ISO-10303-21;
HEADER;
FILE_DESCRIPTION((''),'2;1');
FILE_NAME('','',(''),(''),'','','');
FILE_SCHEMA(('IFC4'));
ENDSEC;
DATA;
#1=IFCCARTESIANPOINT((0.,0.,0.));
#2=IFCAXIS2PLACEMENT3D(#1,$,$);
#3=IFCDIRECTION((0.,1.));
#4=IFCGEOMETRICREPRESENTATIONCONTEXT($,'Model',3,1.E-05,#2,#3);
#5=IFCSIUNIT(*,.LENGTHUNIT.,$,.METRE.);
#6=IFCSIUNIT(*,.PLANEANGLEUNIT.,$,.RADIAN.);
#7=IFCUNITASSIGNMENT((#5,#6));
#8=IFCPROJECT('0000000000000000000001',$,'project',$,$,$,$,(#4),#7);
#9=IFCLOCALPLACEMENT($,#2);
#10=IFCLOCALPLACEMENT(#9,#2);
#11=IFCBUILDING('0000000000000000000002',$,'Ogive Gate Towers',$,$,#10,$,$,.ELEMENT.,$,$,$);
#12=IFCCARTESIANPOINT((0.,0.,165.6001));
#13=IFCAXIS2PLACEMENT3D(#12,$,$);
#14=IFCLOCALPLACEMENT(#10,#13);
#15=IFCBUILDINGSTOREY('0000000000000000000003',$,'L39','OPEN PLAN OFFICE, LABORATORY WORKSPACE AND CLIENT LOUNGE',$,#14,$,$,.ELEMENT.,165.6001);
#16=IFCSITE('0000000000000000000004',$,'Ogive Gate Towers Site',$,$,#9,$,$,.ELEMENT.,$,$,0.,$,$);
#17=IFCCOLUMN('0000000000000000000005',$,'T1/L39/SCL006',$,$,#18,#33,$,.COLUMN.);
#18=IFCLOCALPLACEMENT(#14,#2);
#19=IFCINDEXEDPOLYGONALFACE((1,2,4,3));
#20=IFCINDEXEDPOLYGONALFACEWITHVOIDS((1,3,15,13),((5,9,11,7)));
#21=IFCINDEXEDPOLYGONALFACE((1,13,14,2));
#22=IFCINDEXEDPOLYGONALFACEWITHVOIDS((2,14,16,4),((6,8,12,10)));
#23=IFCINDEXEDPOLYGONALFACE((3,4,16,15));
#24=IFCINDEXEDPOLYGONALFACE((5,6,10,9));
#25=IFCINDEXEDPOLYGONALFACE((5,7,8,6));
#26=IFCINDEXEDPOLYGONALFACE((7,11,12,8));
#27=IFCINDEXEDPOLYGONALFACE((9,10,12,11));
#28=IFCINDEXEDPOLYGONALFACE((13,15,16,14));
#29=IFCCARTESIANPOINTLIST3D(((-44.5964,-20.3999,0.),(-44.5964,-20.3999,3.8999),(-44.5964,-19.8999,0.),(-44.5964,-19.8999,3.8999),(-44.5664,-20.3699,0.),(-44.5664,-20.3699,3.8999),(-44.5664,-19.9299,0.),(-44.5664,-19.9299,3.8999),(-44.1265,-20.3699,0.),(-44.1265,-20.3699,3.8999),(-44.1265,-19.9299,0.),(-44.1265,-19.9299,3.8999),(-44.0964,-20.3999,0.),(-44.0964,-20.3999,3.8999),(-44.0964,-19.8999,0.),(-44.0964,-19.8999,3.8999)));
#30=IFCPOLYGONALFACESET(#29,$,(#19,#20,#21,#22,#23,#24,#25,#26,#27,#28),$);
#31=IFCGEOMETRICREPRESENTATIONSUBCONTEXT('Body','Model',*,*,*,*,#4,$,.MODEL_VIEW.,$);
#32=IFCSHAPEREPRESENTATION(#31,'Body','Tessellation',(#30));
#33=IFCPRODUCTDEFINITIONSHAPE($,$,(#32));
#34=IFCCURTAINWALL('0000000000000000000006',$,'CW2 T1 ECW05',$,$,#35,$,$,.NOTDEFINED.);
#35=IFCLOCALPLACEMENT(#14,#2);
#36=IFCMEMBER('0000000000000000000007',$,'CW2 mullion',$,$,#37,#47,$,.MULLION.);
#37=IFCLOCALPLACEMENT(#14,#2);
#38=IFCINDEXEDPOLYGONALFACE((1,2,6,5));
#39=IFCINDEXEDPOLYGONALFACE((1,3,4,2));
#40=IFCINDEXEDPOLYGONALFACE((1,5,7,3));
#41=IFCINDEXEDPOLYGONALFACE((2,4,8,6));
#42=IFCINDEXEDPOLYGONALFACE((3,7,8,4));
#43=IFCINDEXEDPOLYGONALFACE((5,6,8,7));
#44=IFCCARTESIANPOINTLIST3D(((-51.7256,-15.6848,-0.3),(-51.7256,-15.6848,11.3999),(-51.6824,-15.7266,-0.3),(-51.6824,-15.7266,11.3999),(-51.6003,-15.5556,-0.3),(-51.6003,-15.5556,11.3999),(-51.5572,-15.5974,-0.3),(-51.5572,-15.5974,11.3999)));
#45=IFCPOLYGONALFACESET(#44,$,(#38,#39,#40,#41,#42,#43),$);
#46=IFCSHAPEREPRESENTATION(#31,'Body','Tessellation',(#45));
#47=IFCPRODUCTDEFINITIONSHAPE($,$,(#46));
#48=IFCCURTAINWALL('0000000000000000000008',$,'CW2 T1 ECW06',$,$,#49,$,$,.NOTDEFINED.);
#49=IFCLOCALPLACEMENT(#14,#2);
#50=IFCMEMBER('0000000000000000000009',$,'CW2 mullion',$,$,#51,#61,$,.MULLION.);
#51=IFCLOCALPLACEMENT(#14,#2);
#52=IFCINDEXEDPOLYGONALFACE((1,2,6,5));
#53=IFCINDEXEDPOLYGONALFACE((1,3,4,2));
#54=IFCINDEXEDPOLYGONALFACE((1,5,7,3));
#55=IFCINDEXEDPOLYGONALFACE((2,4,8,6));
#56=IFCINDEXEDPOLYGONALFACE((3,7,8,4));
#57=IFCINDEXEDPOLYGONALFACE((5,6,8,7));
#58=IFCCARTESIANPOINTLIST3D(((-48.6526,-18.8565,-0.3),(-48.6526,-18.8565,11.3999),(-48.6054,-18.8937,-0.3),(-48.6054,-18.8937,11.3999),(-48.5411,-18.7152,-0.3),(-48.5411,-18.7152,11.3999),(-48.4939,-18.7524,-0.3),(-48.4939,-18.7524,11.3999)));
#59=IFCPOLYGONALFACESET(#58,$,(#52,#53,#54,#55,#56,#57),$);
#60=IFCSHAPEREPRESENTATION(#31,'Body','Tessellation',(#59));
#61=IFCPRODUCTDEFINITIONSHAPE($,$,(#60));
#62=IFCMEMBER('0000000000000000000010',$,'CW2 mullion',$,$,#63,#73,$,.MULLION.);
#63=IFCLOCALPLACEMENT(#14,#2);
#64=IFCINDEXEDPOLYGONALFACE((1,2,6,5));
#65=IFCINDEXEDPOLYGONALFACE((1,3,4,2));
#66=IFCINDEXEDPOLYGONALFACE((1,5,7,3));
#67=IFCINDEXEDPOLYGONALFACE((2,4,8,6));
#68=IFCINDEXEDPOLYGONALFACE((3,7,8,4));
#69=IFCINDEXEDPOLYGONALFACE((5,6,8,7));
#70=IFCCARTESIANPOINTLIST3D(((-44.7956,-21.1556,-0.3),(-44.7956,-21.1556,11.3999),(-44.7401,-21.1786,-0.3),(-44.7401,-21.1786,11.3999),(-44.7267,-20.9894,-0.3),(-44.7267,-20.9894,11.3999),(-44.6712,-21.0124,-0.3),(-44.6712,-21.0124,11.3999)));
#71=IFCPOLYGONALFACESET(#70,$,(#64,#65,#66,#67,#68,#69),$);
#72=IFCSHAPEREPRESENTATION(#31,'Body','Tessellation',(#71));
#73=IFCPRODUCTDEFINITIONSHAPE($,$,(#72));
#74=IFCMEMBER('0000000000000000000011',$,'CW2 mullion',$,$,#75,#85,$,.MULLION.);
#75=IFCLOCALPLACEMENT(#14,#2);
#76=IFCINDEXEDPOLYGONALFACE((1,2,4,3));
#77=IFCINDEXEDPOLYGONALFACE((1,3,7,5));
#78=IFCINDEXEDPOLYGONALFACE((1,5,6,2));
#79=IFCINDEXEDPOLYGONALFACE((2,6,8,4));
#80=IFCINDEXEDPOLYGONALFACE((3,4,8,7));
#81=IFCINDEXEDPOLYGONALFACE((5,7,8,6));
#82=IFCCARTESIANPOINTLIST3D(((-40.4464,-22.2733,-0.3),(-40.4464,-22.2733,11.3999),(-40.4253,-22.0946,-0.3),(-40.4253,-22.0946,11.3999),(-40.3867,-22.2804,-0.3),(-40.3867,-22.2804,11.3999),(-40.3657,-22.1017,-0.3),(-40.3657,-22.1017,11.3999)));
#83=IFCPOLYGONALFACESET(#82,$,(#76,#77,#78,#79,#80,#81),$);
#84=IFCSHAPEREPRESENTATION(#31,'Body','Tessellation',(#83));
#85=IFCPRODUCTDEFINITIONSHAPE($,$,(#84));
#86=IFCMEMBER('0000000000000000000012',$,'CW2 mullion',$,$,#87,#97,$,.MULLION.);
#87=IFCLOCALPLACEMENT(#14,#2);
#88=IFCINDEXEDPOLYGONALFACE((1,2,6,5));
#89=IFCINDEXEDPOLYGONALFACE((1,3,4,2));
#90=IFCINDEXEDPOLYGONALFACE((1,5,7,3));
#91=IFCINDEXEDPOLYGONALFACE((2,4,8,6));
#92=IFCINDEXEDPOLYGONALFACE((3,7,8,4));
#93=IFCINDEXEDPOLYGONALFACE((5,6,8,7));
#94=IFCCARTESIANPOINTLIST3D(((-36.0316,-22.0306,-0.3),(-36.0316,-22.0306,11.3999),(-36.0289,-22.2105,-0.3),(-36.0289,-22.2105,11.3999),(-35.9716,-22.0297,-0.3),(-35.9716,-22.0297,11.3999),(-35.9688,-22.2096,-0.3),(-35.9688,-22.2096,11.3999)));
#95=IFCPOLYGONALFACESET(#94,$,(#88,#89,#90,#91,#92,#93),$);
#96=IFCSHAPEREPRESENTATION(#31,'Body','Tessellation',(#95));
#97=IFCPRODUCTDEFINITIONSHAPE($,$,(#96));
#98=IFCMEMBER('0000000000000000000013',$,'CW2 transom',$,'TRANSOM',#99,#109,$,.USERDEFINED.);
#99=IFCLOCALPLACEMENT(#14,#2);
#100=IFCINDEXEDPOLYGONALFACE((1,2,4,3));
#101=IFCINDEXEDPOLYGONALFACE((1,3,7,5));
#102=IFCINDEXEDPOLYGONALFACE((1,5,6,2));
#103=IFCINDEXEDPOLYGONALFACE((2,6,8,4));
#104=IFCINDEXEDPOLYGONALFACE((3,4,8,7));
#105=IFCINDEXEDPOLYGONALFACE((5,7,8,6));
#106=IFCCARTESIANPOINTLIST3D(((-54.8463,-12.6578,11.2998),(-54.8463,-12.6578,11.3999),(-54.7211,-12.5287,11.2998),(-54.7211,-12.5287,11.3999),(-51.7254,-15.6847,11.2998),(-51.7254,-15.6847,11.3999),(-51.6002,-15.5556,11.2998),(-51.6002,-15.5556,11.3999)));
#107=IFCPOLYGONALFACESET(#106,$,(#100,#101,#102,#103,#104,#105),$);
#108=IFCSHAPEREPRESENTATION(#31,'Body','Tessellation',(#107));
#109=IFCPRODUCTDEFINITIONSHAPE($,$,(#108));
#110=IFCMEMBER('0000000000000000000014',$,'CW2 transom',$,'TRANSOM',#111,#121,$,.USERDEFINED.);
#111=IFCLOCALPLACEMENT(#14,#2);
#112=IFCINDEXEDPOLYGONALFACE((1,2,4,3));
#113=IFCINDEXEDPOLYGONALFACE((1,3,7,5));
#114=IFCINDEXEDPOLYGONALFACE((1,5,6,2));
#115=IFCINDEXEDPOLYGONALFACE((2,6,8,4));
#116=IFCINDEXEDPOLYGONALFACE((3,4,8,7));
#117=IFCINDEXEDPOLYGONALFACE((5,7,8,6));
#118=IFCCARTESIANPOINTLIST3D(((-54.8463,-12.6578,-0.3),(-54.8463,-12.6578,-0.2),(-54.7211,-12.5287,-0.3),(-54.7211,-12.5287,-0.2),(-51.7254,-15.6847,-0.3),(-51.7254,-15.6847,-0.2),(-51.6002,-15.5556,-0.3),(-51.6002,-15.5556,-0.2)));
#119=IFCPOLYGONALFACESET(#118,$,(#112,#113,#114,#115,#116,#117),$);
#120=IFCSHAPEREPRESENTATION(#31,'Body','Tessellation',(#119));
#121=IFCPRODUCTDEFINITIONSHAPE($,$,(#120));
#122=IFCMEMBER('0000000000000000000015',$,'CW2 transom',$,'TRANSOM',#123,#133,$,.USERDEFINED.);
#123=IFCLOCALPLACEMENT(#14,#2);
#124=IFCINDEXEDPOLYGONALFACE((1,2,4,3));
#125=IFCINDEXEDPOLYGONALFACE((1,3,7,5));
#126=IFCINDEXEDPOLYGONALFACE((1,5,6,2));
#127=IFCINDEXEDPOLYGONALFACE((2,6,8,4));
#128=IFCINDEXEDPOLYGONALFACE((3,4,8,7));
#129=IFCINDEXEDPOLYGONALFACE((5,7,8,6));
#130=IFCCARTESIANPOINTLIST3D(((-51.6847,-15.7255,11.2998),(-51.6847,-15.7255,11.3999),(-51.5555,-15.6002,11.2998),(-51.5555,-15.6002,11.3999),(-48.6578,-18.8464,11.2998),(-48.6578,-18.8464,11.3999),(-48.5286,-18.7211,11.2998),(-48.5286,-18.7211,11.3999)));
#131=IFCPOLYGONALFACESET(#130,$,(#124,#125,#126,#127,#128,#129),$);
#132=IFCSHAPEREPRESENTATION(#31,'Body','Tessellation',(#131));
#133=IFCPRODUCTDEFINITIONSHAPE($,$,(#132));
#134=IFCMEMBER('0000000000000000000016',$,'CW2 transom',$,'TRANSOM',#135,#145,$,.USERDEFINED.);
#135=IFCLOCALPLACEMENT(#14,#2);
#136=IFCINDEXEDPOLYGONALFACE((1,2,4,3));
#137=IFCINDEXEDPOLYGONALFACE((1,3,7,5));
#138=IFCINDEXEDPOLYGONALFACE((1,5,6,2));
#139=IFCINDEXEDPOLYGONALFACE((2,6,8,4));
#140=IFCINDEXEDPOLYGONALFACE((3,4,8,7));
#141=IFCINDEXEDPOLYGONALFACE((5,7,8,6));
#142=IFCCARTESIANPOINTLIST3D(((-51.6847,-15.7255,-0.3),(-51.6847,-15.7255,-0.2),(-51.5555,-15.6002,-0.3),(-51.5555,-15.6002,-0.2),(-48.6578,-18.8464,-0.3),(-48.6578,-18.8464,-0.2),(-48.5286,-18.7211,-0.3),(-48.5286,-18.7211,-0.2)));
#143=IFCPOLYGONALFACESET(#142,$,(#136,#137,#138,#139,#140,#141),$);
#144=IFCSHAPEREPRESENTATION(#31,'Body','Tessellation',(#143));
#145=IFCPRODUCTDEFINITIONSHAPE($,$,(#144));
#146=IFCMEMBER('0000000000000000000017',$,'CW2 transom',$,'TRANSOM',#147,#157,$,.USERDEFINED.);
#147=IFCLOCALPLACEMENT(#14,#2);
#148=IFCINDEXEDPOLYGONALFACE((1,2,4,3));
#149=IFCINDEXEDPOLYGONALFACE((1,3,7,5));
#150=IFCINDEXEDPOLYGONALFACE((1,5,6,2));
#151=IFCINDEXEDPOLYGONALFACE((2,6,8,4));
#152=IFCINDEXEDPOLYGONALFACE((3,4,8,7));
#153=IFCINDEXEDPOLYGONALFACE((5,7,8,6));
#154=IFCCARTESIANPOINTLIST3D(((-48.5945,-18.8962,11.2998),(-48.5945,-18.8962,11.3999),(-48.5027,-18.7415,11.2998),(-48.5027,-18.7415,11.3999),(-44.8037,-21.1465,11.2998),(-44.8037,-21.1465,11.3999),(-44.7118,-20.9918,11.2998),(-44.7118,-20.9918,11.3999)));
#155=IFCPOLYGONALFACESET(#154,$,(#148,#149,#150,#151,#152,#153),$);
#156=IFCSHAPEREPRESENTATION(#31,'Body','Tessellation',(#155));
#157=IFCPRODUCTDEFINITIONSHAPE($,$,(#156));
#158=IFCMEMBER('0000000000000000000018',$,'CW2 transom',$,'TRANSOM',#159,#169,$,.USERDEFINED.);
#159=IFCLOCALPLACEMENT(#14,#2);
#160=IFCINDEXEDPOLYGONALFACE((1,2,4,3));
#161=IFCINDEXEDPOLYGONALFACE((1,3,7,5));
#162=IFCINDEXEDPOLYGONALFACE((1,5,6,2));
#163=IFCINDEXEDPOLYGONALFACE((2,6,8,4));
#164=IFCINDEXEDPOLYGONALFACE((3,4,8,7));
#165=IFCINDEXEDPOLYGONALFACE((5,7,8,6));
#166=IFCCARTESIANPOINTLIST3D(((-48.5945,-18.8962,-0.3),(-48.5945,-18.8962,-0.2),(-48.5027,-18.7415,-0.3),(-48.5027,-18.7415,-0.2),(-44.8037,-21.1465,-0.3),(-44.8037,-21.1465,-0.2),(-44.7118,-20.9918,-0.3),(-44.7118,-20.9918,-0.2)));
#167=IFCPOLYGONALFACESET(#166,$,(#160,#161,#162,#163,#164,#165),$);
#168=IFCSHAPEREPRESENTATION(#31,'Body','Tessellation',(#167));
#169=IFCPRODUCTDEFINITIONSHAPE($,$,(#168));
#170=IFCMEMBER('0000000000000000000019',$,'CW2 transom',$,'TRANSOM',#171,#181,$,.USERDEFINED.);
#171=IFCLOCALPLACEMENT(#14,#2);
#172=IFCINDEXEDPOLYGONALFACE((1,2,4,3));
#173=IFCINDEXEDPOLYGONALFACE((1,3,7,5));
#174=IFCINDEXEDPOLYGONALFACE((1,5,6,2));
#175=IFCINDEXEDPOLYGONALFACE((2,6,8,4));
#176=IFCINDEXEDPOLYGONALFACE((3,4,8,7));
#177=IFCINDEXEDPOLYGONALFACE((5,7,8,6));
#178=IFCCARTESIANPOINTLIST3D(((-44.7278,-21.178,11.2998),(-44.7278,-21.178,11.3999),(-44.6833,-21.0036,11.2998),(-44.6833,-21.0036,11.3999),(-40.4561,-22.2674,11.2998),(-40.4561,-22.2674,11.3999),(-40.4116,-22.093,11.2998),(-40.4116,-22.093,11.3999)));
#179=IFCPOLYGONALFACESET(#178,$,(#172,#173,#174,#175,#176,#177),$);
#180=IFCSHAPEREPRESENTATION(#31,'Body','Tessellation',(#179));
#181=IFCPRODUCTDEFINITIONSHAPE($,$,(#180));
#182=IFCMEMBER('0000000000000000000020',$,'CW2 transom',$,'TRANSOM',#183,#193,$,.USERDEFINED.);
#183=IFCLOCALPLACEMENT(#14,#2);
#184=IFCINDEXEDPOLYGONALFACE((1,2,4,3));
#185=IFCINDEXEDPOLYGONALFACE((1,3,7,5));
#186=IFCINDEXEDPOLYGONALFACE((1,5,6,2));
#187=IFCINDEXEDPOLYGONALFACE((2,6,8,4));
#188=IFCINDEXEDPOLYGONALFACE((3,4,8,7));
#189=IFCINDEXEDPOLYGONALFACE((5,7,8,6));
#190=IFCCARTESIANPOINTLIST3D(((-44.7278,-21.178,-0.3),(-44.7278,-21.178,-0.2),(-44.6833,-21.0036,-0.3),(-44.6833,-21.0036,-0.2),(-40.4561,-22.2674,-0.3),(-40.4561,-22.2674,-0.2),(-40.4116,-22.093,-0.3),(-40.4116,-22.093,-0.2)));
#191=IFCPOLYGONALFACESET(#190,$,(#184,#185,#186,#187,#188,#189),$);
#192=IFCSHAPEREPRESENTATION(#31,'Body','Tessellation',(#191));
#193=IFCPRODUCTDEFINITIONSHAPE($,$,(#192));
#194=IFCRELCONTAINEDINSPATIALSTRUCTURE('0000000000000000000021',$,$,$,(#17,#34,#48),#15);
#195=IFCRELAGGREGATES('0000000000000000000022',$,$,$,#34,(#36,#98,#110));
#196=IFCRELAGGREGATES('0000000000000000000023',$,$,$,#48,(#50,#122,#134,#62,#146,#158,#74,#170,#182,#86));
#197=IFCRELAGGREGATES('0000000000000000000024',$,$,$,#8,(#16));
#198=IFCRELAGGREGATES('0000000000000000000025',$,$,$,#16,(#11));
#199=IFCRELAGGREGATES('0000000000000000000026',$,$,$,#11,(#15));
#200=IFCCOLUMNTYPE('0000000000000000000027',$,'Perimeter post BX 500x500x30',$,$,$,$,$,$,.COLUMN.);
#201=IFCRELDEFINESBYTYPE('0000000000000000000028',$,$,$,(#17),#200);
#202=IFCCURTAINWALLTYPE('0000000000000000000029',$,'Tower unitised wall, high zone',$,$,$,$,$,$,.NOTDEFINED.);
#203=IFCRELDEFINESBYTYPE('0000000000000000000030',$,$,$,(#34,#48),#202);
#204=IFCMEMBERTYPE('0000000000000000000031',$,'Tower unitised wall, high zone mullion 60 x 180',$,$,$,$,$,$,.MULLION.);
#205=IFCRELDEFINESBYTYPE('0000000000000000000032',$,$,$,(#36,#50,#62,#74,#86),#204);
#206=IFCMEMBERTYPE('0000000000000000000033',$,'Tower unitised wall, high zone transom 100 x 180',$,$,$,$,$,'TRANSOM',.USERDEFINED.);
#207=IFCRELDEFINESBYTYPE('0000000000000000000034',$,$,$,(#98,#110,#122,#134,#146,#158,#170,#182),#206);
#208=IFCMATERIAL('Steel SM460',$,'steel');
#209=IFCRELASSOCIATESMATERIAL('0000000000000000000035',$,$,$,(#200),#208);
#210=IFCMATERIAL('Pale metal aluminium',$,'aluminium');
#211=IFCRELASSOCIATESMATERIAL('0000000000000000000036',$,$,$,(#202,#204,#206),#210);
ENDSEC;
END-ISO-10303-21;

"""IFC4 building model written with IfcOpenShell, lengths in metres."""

from ifc_helpers import new_model, si_unit, direction, frame, origin, origin_2d, place, context, subcontext, project, spatial, rectangle, hollow_rectangle, extrude, material, material_profile, profile_set, type_object, element, aggregate, save


model = new_model("IFC4")

# Units and contexts
model_context = context("Model", 3, precision=1e-05, world=origin(), true_north=direction((0.0, 1.0)))
body_context = subcontext(model_context, "Body", "Model", "MODEL_VIEW")
ifc_project = project(units=[si_unit("LENGTHUNIT", "METRE"), si_unit("PLANEANGLEUNIT", "RADIAN")], contexts=[model_context])

# Site, building, storey
site_placement = place(None, origin())
site = spatial("IfcSite", under=ifc_project, at=site_placement, Name="Ogive Gate Towers Site", CompositionType="ELEMENT", RefElevation=0.0)
building_placement = place(site_placement, origin())
building = spatial("IfcBuilding", under=site, at=building_placement, Name="Ogive Gate Towers", CompositionType="ELEMENT")
storey_placement = place(building_placement, frame((0.0, 0.0, 165.6001)))
storey = spatial("IfcBuildingStorey", under=building, at=storey_placement, Name="L39", Description="OPEN PLAN OFFICE, LABORATORY WORKSPACE AND CLIENT LOUNGE", CompositionType="ELEMENT", Elevation=165.6001)

# Column
ifc_material_1 = material(Name="Steel SM460", Category="steel")
ifc_material_profile_1 = material_profile(ifc_material_1, hollow_rectangle(XDim=0.5, YDim=0.5, WallThickness=0.03, at=origin_2d()), Name="BX 500x500x30")
ifc_profile_set_1 = profile_set([ifc_material_profile_1], Name="Steel SM460")
column_type = type_object("IfcColumnType", Name="Perimeter post BX 500x500x30", PredefinedType="COLUMN", material=ifc_profile_set_1)
column_placement = place(storey_placement, frame((-44.3464, -20.1499, 0.0), z_axis=(0.0, 0.0, 1.0), x_axis=(1.0, 0.0, 0.0)))
element("IfcColumn", 1, at=column_placement, inside=storey, type_object=column_type, Name="T1/L39/SCL006", PredefinedType="COLUMN", context=body_context, shape_type="SweptSolid", body=[
    extrude(hollow_rectangle(XDim=0.5, YDim=0.5, WallThickness=0.03, at=origin_2d()), origin(), (0.0, 0.0, 1.0), 3.8999),
])

# Curtain wall, member
ifc_material_2 = material(Name="Pale metal aluminium", Category="aluminium")
curtain_wall_type = type_object("IfcCurtainWallType", Name="Tower unitised wall, high zone", PredefinedType="NOTDEFINED", material=ifc_material_2)
curtain_wall_1_placement = place(storey_placement, origin())
curtain_wall_1 = element("IfcCurtainWall", 2, at=curtain_wall_1_placement, inside=storey, type_object=curtain_wall_type, Name="CW2 T1 ECW05", PredefinedType="NOTDEFINED")
ifc_material_profile_2 = material_profile(ifc_material_2, rectangle(XDim=0.1799, YDim=0.0601, at=origin_2d()), Name="60 x 180 aluminium box")
ifc_profile_set_2 = profile_set([ifc_material_profile_2], Name="Pale metal aluminium")
member_type_1 = type_object("IfcMemberType", Name="Tower unitised wall, high zone mullion 60 x 180", PredefinedType="MULLION", material=ifc_profile_set_2)
member_1_placement = place(storey_placement, frame((-51.6414, -15.6411, -0.3), z_axis=(0.0, 0.0, 1.0), x_axis=(-0.696239, -0.71781, 0.0)))
member_1 = element("IfcMember", 3, at=member_1_placement, type_object=member_type_1, Name="CW2 mullion", PredefinedType="MULLION", context=body_context, shape_type="SweptSolid", body=[
    extrude(rectangle(XDim=0.1799, YDim=0.0601, at=origin_2d()), origin(), (0.0, 0.0, 1.0), 11.7),
])

# Curtain wall, members
curtain_wall_2_placement = place(storey_placement, origin())
curtain_wall_2 = element("IfcCurtainWall", 4, at=curtain_wall_2_placement, inside=storey, type_object=curtain_wall_type, Name="CW2 T1 ECW06", PredefinedType="NOTDEFINED")
member_2_placement = place(storey_placement, frame((-48.5732, -18.8044, -0.3), z_axis=(0.0, 0.0, 1.0), x_axis=(-0.61956, -0.784949, 0.0)))
member_2 = element("IfcMember", 5, at=member_2_placement, type_object=member_type_1, Name="CW2 mullion", PredefinedType="MULLION", context=body_context, shape_type="SweptSolid", body=[
    extrude(rectangle(XDim=0.1799, YDim=0.0601, at=origin_2d()), origin(), (0.0, 0.0, 1.0), 11.7),
])
member_3_placement = place(storey_placement, frame((-44.7334, -21.084, -0.3), z_axis=(0.0, 0.0, 1.0), x_axis=(-0.382683, -0.92388, 0.0)))
member_3 = element("IfcMember", 6, at=member_3_placement, type_object=member_type_1, Name="CW2 mullion", PredefinedType="MULLION", context=body_context, shape_type="SweptSolid", body=[
    extrude(rectangle(XDim=0.1799, YDim=0.0601, at=origin_2d()), origin(), (0.0, 0.0, 1.0), 11.7),
])
member_4_placement = place(storey_placement, frame((-40.406, -22.1875, -0.3), z_axis=(0.0, 0.0, 1.0), x_axis=(-0.116948, -0.993138, 0.0)))
member_4 = element("IfcMember", 7, at=member_4_placement, type_object=member_type_1, Name="CW2 mullion", PredefinedType="MULLION", context=body_context, shape_type="SweptSolid", body=[
    extrude(rectangle(XDim=0.1799, YDim=0.0601, at=origin_2d()), origin(), (0.0, 0.0, 1.0), 11.7),
])
member_5_placement = place(storey_placement, frame((-36.0002, -22.1201, -0.3), z_axis=(0.0, 0.0, 1.0), x_axis=(0.015271, -0.999883, 0.0)))
member_5 = element("IfcMember", 8, at=member_5_placement, type_object=member_type_1, Name="CW2 mullion", PredefinedType="MULLION", context=body_context, shape_type="SweptSolid", body=[
    extrude(rectangle(XDim=0.1799, YDim=0.0601, at=origin_2d()), origin(), (0.0, 0.0, 1.0), 11.7),
])

# Members
ifc_material_profile_3 = material_profile(ifc_material_2, rectangle(XDim=0.1799, YDim=0.1001, at=origin_2d()), Name="100 x 180 aluminium box")
ifc_profile_set_3 = profile_set([ifc_material_profile_3], Name="Pale metal aluminium")
member_type_2 = type_object("IfcMemberType", Name="Tower unitised wall, high zone transom 100 x 180", ElementType="TRANSOM", PredefinedType="USERDEFINED", material=ifc_profile_set_3)
member_6_placement = place(storey_placement, frame((-54.7837, -12.5933, 11.3499), z_axis=(0.717834, -0.696214, 0.0), x_axis=(0.696214, 0.717834, 0.0)))
member_6 = element("IfcMember", 9, at=member_6_placement, type_object=member_type_2, Name="CW2 transom", ObjectType="TRANSOM", PredefinedType="USERDEFINED", context=body_context, shape_type="SweptSolid", body=[
    extrude(rectangle(XDim=0.1799, YDim=0.1001, at=origin_2d()), origin(), (0.0, 0.0, 1.0), 4.3477),
])
member_7_placement = place(storey_placement, frame((-54.7837, -12.5933, -0.25), z_axis=(0.717834, -0.696214, 0.0), x_axis=(0.696214, 0.717834, 0.0)))
member_7 = element("IfcMember", 10, at=member_7_placement, type_object=member_type_2, Name="CW2 transom", ObjectType="TRANSOM", PredefinedType="USERDEFINED", context=body_context, shape_type="SweptSolid", body=[
    extrude(rectangle(XDim=0.1799, YDim=0.1001, at=origin_2d()), origin(), (0.0, 0.0, 1.0), 4.3477),
])
member_8_placement = place(storey_placement, frame((-51.6201, -15.6628, 11.3499), z_axis=(0.696214, -0.717834, 0.0), x_axis=(0.717834, 0.696214, 0.0)))
member_8 = element("IfcMember", 11, at=member_8_placement, type_object=member_type_2, Name="CW2 transom", ObjectType="TRANSOM", PredefinedType="USERDEFINED", context=body_context, shape_type="SweptSolid", body=[
    extrude(rectangle(XDim=0.1799, YDim=0.1001, at=origin_2d()), origin(), (0.0, 0.0, 1.0), 4.3477),
])
member_9_placement = place(storey_placement, frame((-51.6201, -15.6628, -0.25), z_axis=(0.696214, -0.717834, 0.0), x_axis=(0.717834, 0.696214, 0.0)))
member_9 = element("IfcMember", 12, at=member_9_placement, type_object=member_type_2, Name="CW2 transom", ObjectType="TRANSOM", PredefinedType="USERDEFINED", context=body_context, shape_type="SweptSolid", body=[
    extrude(rectangle(XDim=0.1799, YDim=0.1001, at=origin_2d()), origin(), (0.0, 0.0, 1.0), 4.3477),
])
member_10_placement = place(storey_placement, frame((-48.5486, -18.8188, 11.3499), z_axis=(0.859907, -0.51045, 0.0), x_axis=(0.51045, 0.859907, 0.0)))
member_10 = element("IfcMember", 13, at=member_10_placement, type_object=member_type_2, Name="CW2 transom", ObjectType="TRANSOM", PredefinedType="USERDEFINED", context=body_context, shape_type="SweptSolid", body=[
    extrude(rectangle(XDim=0.1799, YDim=0.1001, at=origin_2d()), origin(), (0.0, 0.0, 1.0), 4.4084),
])
member_11_placement = place(storey_placement, frame((-48.5486, -18.8188, -0.25), z_axis=(0.859907, -0.51045, 0.0), x_axis=(0.51045, 0.859907, 0.0)))
member_11 = element("IfcMember", 14, at=member_11_placement, type_object=member_type_2, Name="CW2 transom", ObjectType="TRANSOM", PredefinedType="USERDEFINED", context=body_context, shape_type="SweptSolid", body=[
    extrude(rectangle(XDim=0.1799, YDim=0.1001, at=origin_2d()), origin(), (0.0, 0.0, 1.0), 4.4084),
])
member_12_placement = place(storey_placement, frame((-44.7056, -21.0908, 11.3499), z_axis=(0.968988, -0.247107, 0.0), x_axis=(0.247107, 0.968988, 0.0)))
member_12 = element("IfcMember", 15, at=member_12_placement, type_object=member_type_2, Name="CW2 transom", ObjectType="TRANSOM", PredefinedType="USERDEFINED", context=body_context, shape_type="SweptSolid", body=[
    extrude(rectangle(XDim=0.1799, YDim=0.1001, at=origin_2d()), origin(), (0.0, 0.0, 1.0), 4.4084),
])
member_13_placement = place(storey_placement, frame((-44.7056, -21.0908, -0.25), z_axis=(0.968988, -0.247107, 0.0), x_axis=(0.247107, 0.968988, 0.0)))
member_13 = element("IfcMember", 16, at=member_13_placement, type_object=member_type_2, Name="CW2 transom", ObjectType="TRANSOM", PredefinedType="USERDEFINED", context=body_context, shape_type="SweptSolid", body=[
    extrude(rectangle(XDim=0.1799, YDim=0.1001, at=origin_2d()), origin(), (0.0, 0.0, 1.0), 4.4084),
])

aggregate(curtain_wall_1, [member_1, member_6, member_7])
aggregate(curtain_wall_2, [member_2, member_8, member_9, member_3, member_10, member_11, member_4, member_12, member_13, member_5])

save(model, "model.ifc")
